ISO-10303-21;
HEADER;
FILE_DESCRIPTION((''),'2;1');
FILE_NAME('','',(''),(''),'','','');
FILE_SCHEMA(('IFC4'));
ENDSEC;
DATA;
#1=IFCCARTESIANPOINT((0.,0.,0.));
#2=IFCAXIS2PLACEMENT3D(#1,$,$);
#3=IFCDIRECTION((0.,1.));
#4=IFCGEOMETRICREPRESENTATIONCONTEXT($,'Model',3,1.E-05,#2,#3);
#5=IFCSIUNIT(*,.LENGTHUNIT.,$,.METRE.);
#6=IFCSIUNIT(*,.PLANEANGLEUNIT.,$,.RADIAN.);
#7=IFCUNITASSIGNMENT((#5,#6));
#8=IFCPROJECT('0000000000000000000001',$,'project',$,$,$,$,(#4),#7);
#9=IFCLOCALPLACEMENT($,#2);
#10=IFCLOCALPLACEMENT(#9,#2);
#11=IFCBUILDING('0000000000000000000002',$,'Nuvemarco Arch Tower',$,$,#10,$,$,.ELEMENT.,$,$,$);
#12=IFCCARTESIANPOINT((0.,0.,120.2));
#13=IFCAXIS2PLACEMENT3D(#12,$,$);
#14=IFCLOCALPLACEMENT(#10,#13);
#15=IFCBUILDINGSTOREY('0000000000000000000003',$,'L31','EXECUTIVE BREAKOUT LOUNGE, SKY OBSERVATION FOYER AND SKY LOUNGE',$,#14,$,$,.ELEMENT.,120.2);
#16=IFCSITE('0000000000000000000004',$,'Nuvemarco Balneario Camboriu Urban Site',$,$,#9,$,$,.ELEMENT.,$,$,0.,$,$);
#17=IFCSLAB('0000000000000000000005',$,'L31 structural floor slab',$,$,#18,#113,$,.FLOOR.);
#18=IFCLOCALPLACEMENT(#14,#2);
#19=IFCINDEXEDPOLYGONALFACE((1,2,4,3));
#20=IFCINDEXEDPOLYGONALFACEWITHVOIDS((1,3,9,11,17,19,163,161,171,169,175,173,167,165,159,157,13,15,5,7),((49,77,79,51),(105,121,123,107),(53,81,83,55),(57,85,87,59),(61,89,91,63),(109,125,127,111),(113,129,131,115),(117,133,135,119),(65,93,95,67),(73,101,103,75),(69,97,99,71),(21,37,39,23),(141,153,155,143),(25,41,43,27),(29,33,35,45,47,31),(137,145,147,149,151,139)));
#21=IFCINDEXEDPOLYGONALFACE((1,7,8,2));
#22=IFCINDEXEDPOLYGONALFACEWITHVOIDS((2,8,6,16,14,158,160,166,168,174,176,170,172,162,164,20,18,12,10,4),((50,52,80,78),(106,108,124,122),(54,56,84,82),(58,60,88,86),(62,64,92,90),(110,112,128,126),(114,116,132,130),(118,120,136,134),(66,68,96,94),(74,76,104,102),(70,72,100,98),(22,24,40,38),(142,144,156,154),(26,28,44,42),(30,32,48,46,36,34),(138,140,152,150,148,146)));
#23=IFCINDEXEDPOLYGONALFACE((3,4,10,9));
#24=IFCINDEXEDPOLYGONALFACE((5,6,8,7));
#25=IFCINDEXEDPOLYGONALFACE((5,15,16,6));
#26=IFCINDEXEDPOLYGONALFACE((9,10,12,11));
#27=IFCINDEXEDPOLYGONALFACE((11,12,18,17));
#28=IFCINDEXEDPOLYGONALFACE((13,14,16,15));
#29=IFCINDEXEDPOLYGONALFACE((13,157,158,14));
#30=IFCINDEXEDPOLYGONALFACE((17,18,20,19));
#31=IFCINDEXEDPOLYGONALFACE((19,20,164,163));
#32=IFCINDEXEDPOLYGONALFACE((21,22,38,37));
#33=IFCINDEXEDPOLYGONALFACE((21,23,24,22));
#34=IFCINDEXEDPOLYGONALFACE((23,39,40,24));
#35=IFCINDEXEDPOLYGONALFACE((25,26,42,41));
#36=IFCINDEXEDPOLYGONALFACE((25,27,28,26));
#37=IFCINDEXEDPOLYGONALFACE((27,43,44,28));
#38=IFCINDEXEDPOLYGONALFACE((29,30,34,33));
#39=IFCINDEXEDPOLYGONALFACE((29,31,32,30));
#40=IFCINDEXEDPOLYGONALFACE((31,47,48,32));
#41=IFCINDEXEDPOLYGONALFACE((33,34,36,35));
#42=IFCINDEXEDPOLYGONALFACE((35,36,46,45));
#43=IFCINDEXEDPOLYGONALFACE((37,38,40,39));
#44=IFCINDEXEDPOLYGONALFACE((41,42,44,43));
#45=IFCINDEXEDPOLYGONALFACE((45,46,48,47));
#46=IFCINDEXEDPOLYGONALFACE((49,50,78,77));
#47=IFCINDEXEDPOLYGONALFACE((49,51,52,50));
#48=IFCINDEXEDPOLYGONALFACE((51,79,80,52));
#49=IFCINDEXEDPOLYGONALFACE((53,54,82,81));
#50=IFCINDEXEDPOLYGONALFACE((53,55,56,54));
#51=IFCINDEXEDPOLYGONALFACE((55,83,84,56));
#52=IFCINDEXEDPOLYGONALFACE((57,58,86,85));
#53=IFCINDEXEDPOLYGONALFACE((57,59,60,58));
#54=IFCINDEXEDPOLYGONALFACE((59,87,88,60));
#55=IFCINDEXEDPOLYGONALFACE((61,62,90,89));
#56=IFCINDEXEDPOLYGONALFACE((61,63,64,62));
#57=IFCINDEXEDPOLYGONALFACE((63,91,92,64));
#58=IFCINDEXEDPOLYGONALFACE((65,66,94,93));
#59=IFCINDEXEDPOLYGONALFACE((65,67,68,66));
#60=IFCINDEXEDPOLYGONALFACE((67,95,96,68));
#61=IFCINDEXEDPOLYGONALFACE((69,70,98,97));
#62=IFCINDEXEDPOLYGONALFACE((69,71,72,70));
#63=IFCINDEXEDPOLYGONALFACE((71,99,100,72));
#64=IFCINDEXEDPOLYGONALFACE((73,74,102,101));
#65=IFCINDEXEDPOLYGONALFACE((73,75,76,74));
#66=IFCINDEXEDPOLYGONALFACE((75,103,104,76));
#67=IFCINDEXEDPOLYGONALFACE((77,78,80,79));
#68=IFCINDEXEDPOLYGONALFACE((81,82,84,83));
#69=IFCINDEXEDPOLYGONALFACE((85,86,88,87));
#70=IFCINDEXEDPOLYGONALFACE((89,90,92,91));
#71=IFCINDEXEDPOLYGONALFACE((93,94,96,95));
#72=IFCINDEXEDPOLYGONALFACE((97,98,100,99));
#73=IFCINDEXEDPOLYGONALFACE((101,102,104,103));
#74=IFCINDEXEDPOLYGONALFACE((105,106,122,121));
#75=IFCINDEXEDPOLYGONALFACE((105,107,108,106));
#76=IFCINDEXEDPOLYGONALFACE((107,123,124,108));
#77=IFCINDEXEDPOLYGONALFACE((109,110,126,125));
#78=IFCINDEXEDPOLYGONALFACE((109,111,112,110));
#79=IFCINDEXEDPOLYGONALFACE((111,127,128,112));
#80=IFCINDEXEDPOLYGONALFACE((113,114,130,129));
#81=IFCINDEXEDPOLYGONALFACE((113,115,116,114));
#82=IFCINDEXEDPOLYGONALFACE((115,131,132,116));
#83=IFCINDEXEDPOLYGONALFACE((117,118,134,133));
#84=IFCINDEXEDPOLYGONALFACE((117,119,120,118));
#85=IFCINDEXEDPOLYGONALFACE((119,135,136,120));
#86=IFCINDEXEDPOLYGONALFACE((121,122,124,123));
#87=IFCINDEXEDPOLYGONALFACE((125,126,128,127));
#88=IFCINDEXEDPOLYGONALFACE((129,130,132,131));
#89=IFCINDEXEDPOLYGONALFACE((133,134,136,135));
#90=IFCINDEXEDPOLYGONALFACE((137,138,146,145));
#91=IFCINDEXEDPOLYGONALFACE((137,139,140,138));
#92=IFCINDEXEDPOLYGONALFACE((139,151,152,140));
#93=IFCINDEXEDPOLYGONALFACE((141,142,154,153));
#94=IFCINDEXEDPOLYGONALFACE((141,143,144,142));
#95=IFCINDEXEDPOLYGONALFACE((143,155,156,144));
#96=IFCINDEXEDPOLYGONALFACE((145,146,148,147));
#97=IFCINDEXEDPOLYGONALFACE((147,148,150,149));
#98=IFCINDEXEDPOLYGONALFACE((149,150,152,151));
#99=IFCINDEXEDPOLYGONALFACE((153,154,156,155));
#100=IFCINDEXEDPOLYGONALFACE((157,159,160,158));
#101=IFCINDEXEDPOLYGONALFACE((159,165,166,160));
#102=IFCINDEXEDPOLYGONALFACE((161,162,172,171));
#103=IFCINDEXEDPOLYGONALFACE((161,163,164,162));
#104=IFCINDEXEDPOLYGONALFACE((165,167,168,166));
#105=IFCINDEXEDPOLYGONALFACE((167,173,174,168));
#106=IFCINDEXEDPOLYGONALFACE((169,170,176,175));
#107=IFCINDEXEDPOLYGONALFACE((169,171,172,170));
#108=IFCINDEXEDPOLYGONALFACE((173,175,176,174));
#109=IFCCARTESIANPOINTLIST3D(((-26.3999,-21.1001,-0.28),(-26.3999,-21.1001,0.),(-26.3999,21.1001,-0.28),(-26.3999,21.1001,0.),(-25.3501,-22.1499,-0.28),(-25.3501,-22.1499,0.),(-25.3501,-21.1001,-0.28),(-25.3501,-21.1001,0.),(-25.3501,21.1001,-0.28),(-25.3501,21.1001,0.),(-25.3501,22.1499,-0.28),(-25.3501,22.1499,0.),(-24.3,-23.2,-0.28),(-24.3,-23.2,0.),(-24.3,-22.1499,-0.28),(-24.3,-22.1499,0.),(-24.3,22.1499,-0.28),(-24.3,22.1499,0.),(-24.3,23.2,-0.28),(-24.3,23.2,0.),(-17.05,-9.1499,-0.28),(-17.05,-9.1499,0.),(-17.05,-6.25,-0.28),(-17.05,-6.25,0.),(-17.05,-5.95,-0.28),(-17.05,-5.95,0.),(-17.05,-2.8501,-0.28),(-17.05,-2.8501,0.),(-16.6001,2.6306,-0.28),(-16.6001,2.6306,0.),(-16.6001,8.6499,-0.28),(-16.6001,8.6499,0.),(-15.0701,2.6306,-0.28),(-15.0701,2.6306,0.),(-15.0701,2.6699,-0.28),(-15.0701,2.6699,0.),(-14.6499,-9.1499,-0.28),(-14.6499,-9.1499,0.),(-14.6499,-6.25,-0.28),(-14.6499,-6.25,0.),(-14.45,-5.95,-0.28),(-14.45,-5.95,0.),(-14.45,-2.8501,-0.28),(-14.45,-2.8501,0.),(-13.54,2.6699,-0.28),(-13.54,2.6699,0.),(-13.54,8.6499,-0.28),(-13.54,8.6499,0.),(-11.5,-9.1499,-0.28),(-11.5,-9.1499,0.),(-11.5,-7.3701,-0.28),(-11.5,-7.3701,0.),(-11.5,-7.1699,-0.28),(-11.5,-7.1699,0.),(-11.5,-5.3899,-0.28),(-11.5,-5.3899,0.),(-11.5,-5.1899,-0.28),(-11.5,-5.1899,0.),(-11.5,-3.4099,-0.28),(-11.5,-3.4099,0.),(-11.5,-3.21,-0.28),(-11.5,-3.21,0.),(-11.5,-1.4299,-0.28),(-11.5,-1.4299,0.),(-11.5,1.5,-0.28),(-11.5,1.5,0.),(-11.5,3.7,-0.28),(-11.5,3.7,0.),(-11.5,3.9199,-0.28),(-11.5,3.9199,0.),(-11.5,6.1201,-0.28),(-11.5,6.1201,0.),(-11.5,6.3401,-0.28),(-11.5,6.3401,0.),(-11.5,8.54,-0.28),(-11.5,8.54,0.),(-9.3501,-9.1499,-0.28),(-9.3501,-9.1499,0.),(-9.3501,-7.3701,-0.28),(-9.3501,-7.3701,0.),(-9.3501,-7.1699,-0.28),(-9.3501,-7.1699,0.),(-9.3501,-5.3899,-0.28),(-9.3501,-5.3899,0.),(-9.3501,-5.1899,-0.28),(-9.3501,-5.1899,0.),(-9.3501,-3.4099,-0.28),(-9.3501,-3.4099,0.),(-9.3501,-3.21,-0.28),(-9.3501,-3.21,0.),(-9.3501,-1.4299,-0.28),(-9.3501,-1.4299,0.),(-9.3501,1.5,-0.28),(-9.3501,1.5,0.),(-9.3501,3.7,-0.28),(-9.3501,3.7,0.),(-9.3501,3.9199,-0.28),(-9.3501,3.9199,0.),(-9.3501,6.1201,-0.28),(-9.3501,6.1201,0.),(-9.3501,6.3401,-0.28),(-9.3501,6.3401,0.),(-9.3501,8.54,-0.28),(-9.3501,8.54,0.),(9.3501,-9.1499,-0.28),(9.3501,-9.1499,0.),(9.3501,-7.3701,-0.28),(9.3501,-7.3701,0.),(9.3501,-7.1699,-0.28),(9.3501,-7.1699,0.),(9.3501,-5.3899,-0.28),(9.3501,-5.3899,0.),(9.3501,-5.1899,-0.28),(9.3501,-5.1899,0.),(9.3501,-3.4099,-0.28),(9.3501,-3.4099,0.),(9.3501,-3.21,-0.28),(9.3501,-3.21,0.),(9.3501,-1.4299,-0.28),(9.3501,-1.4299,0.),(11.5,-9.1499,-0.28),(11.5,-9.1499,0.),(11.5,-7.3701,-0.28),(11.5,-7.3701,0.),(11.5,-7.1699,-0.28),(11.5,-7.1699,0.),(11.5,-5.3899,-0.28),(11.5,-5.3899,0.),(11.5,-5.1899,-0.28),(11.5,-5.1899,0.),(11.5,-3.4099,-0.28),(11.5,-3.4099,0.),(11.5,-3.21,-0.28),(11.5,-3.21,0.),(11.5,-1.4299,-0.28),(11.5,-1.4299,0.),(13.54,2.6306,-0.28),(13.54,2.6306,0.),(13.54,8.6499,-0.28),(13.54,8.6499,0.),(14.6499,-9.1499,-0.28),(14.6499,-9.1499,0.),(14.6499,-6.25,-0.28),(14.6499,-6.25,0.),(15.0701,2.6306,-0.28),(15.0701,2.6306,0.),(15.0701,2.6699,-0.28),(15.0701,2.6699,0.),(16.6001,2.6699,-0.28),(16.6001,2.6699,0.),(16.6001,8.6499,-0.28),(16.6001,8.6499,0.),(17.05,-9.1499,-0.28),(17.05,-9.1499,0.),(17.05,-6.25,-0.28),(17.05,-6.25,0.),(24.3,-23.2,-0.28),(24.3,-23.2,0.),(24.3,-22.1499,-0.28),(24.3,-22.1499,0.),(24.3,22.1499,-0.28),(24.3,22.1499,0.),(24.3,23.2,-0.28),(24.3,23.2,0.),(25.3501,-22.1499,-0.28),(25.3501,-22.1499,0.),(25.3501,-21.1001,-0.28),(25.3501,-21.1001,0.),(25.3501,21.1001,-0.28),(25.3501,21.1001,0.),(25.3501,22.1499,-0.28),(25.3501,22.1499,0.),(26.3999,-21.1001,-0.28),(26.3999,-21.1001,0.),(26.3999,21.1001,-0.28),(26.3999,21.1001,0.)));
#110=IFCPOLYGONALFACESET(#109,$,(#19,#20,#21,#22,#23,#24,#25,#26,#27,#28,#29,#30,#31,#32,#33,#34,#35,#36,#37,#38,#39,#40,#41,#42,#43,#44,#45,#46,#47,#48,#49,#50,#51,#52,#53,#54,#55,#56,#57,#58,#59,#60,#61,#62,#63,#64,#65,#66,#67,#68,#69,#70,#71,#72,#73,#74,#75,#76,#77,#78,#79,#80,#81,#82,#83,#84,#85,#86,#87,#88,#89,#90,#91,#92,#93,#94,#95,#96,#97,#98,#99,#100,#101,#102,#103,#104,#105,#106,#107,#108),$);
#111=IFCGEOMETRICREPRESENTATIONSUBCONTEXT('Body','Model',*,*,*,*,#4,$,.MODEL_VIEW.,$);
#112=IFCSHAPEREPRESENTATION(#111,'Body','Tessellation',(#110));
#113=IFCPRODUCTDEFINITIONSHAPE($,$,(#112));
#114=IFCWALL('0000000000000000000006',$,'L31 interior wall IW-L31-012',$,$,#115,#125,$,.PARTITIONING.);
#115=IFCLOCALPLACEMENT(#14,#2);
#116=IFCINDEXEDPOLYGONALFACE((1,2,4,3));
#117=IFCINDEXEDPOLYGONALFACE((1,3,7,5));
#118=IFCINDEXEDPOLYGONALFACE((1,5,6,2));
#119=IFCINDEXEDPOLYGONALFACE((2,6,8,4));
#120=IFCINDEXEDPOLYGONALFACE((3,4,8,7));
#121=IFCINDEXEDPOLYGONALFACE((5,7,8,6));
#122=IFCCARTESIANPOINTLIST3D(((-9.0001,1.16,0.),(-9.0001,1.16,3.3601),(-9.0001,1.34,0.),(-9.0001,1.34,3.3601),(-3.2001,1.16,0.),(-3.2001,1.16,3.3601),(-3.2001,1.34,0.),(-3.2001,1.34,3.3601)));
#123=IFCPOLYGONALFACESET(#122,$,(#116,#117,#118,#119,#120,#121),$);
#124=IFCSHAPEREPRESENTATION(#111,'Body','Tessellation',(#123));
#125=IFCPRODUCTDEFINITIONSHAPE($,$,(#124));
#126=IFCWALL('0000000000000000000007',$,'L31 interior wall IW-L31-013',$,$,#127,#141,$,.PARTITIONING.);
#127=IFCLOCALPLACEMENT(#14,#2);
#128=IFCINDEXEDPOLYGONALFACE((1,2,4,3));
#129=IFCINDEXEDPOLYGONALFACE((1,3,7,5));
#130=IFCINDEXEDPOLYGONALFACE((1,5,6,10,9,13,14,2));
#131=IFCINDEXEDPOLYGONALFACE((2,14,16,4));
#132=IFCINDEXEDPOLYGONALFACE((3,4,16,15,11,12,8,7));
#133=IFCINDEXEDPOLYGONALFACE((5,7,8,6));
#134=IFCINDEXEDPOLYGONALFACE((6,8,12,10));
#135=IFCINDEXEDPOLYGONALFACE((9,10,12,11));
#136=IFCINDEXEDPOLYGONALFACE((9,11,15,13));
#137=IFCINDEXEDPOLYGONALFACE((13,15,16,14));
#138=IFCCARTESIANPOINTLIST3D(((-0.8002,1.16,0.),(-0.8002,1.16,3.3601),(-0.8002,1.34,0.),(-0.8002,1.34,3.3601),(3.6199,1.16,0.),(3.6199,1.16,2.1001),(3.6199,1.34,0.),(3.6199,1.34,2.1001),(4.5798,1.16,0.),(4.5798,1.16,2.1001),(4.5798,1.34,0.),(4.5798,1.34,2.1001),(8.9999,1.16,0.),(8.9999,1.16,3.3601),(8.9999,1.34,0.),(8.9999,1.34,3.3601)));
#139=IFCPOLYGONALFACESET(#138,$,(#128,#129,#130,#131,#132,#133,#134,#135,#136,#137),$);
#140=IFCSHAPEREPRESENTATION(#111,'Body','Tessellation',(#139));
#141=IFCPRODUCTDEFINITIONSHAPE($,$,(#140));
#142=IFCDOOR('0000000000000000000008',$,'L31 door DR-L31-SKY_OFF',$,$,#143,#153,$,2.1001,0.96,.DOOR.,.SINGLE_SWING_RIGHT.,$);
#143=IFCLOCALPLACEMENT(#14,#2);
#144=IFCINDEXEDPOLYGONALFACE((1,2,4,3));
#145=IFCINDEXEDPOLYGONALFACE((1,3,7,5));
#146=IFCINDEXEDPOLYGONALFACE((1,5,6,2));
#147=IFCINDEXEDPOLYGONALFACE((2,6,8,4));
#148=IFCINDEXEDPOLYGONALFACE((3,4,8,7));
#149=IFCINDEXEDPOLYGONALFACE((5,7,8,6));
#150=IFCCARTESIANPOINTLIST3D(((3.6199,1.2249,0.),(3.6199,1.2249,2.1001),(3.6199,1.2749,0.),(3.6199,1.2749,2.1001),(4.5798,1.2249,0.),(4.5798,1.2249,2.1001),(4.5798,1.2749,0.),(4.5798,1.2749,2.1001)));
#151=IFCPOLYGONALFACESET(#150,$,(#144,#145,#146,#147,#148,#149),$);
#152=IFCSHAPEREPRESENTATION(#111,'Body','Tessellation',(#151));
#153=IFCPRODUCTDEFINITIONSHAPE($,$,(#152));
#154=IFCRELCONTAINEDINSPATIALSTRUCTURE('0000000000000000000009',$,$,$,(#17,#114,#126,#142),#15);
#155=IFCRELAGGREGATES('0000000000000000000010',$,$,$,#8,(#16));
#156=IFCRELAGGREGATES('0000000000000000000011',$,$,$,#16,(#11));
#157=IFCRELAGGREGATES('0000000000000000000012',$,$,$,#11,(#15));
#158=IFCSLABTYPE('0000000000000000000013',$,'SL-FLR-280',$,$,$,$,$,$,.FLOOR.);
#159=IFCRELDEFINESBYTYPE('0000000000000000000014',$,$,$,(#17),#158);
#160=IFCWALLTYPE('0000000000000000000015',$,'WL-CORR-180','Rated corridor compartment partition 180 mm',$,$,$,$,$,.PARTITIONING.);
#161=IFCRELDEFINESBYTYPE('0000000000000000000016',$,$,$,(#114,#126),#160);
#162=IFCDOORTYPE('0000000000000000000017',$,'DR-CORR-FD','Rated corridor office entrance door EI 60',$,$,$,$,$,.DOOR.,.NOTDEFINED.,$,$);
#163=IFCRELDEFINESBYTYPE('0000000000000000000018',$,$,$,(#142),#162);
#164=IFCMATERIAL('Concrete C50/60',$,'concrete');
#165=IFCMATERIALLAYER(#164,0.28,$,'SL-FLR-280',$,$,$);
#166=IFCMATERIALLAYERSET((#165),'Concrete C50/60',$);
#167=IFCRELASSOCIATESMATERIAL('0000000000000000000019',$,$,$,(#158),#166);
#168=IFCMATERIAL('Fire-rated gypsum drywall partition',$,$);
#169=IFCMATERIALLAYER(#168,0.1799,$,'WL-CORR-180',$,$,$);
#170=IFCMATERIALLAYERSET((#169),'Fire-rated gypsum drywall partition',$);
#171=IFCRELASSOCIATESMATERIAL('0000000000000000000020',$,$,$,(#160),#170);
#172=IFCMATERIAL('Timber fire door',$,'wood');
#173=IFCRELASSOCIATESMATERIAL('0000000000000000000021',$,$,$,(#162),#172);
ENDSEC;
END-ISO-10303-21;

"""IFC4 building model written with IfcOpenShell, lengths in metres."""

from ifc_helpers import new_model, si_unit, direction, frame, frame_2d, origin, place, context, subcontext, project, spatial, polyline, rectangle, outline, extrude, source, transform, mapped, material, layer, layer_set, type_object, type_shapes, element, fill, save


model = new_model("IFC4")

# Units and contexts
model_context = context("Model", 3, precision=1e-05, world=origin(), true_north=direction((0.0, 1.0)))
body_context = subcontext(model_context, "Body", "Model", "MODEL_VIEW")
ifc_project = project(units=[si_unit("LENGTHUNIT", "METRE"), si_unit("PLANEANGLEUNIT", "RADIAN")], contexts=[model_context])

# Site, building, storey
site_placement = place(None, origin())
site = spatial("IfcSite", under=ifc_project, at=site_placement, Name="Nuvemarco Balneario Camboriu Urban Site", CompositionType="ELEMENT", RefElevation=0.0)
building_placement = place(site_placement, origin())
building = spatial("IfcBuilding", under=site, at=building_placement, Name="Nuvemarco Arch Tower", CompositionType="ELEMENT")
storey_placement = place(building_placement, frame((0.0, 0.0, 120.2)))
storey = spatial("IfcBuildingStorey", under=building, at=storey_placement, Name="L31", Description="EXECUTIVE BREAKOUT LOUNGE, SKY OBSERVATION FOYER AND SKY LOUNGE", CompositionType="ELEMENT", Elevation=120.2)

# Slab
ifc_material_1 = material(Name="Concrete C50/60", Category="concrete")
ifc_layer_1 = layer(ifc_material_1, 0.28, Name="SL-FLR-280")
ifc_layer_set_1 = layer_set([ifc_layer_1], Name="Concrete C50/60")
slab_type = type_object("IfcSlabType", Name="SL-FLR-280", PredefinedType="FLOOR", material=ifc_layer_set_1)
slab_placement = place(storey_placement, frame((0.0, 0.0, -0.28)))
element("IfcSlab", 1, at=slab_placement, inside=storey, type_object=slab_type, Name="L31 structural floor slab", PredefinedType="FLOOR", context=body_context, shape_type="SweptSolid", body=[
    extrude(outline(polyline([(-24.3, -23.2), (24.3, -23.2), (24.3, -22.1499), (25.3501, -22.1499), (25.3501, -21.1001), (26.3999, -21.1001), (26.3999, 21.1001), (25.3501, 21.1001), (25.3501, 22.1499), (24.3, 22.1499), (24.3, 23.2), (-24.3, 23.2), (-24.3, 22.1499), (-25.3501, 22.1499), (-25.3501, 21.1001), (-26.3999, 21.1001), (-26.3999, -21.1001), (-25.3501, -21.1001), (-25.3501, -22.1499), (-24.3, -22.1499), (-24.3, -23.2)]), holes=[polyline([(-13.54, 2.6699), (-13.54, 8.6499), (-16.6001, 8.6499), (-16.6001, 2.6306), (-15.0701, 2.6306), (-15.0701, 2.6699), (-13.54, 2.6699)]), polyline([(16.6001, 2.6699), (16.6001, 8.6499), (13.54, 8.6499), (13.54, 2.6306), (15.0701, 2.6306), (15.0701, 2.6699), (16.6001, 2.6699)]), polyline([(-17.05, -9.1499), (-14.6499, -9.1499), (-14.6499, -6.25), (-17.05, -6.25), (-17.05, -9.1499)]), polyline([(-17.05, -5.95), (-14.45, -5.95), (-14.45, -2.8501), (-17.05, -2.8501), (-17.05, -5.95)]), polyline([(-11.5, -9.1499), (-9.3501, -9.1499), (-9.3501, -7.3701), (-11.5, -7.3701), (-11.5, -9.1499)]), polyline([(-11.5, -7.1699), (-9.3501, -7.1699), (-9.3501, -5.3899), (-11.5, -5.3899), (-11.5, -7.1699)]), polyline([(-11.5, -5.1899), (-9.3501, -5.1899), (-9.3501, -3.4099), (-11.5, -3.4099), (-11.5, -5.1899)]), polyline([(-11.5, -3.21), (-9.3501, -3.21), (-9.3501, -1.4299), (-11.5, -1.4299), (-11.5, -3.21)]), polyline([(-11.5, 1.5), (-9.3501, 1.5), (-9.3501, 3.7), (-11.5, 3.7), (-11.5, 1.5)]), polyline([(-11.5, 3.9199), (-9.3501, 3.9199), (-9.3501, 6.1201), (-11.5, 6.1201), (-11.5, 3.9199)]), polyline([(-11.5, 6.3401), (-9.3501, 6.3401), (-9.3501, 8.54), (-11.5, 8.54), (-11.5, 6.3401)]), polyline([(14.6499, -9.1499), (17.05, -9.1499), (17.05, -6.25), (14.6499, -6.25), (14.6499, -9.1499)]), polyline([(9.3501, -9.1499), (11.5, -9.1499), (11.5, -7.3701), (9.3501, -7.3701), (9.3501, -9.1499)]), polyline([(9.3501, -7.1699), (11.5, -7.1699), (11.5, -5.3899), (9.3501, -5.3899), (9.3501, -7.1699)]), polyline([(9.3501, -5.1899), (11.5, -5.1899), (11.5, -3.4099), (9.3501, -3.4099), (9.3501, -5.1899)]), polyline([(9.3501, -3.21), (11.5, -3.21), (11.5, -1.4299), (9.3501, -1.4299), (9.3501, -3.21)])]), origin(), (0.0, 0.0, 1.0), 0.28),
])

# Wall
ifc_material_2 = material(Name="Fire-rated gypsum drywall partition")
ifc_layer_2 = layer(ifc_material_2, 0.1799, Name="WL-CORR-180")
ifc_layer_set_2 = layer_set([ifc_layer_2], Name="Fire-rated gypsum drywall partition")
wall_type_1 = type_object("IfcWallType", Name="WL-CORR-180", Description="Rated corridor compartment partition 180 mm", PredefinedType="PARTITIONING", material=ifc_layer_set_2)
wall_1_placement = place(storey_placement, frame((-9.0, 1.25, 0.0), z_axis=(0.0, 0.0, 1.0), x_axis=(1.0, 0.0, 0.0)))
element("IfcWall", 2, at=wall_1_placement, inside=storey, type_object=wall_type_1, Name="L31 interior wall IW-L31-012", PredefinedType="PARTITIONING", context=body_context, shape_type="SweptSolid", body=[
    extrude(rectangle(XDim=5.8, YDim=0.1799, at=frame_2d((2.8999, 0.0))), origin(), (0.0, 0.0, 1.0), 3.3601),
])

# Wall, opening, door
wall_2_placement = place(storey_placement, frame((-0.8, 1.25, 0.0), z_axis=(0.0, 0.0, 1.0), x_axis=(1.0, 0.0, 0.0)))
wall_2 = element("IfcWall", 3, at=wall_2_placement, inside=storey, type_object=wall_type_1, Name="L31 interior wall IW-L31-013", PredefinedType="PARTITIONING", context=body_context, shape_type="SweptSolid", body=[
    extrude(rectangle(XDim=9.8, YDim=0.1799, at=frame_2d((4.8999, 0.0))), origin(), (0.0, 0.0, 1.0), 3.3601),
])
opening_1_placement = place(wall_2_placement, frame((4.4199, 0.0, 0.0)))
opening_1 = element("IfcOpeningElement", 4, at=opening_1_placement, cuts=wall_2, PredefinedType="OPENING", context=body_context, shape_type="SweptSolid", body=[
    extrude(rectangle(XDim=0.96, YDim=2.1001, at=frame_2d((0.48, 1.05))), frame((0.0, 0.0999, 0.0), z_axis=(0.0, -1.0, 0.0), x_axis=(1.0, 0.0, 0.0)), (0.0, 0.0, 1.0), 0.2),
])
ifc_material_3 = material(Name="Timber fire door", Category="wood")
door_type_1 = type_object("IfcDoorType", Name="DR-CORR-FD", Description="Rated corridor office entrance door EI 60", OperationType="NOTDEFINED", PredefinedType="DOOR", material=ifc_material_3)
shared_shape_1 = source(origin(), body_context, "Body", "SweptSolid", [
    extrude(rectangle(XDim=0.96, YDim=2.1001, at=frame_2d((0.48, 1.05))), frame((0.0, 0.0249, 0.0), z_axis=(0.0, -1.0, 0.0), x_axis=(1.0, 0.0, 0.0)), (0.0, 0.0, 1.0), 0.05),
])
type_shapes(door_type_1, [shared_shape_1])
door_1_placement = place(opening_1_placement, origin())
door_1 = element("IfcDoor", 5, at=door_1_placement, inside=storey, type_object=door_type_1, Name="L31 door DR-L31-SKY_OFF", OperationType="SINGLE_SWING_RIGHT", OverallHeight=2.1001, OverallWidth=0.96, PredefinedType="DOOR", context=body_context, shape_type="MappedRepresentation", body=[
    mapped(shared_shape_1, transform((0.0, 0.0, 0.0), scale=1.0)),
])
fill(opening_1, door_1)

save(model, "model.ifc")
